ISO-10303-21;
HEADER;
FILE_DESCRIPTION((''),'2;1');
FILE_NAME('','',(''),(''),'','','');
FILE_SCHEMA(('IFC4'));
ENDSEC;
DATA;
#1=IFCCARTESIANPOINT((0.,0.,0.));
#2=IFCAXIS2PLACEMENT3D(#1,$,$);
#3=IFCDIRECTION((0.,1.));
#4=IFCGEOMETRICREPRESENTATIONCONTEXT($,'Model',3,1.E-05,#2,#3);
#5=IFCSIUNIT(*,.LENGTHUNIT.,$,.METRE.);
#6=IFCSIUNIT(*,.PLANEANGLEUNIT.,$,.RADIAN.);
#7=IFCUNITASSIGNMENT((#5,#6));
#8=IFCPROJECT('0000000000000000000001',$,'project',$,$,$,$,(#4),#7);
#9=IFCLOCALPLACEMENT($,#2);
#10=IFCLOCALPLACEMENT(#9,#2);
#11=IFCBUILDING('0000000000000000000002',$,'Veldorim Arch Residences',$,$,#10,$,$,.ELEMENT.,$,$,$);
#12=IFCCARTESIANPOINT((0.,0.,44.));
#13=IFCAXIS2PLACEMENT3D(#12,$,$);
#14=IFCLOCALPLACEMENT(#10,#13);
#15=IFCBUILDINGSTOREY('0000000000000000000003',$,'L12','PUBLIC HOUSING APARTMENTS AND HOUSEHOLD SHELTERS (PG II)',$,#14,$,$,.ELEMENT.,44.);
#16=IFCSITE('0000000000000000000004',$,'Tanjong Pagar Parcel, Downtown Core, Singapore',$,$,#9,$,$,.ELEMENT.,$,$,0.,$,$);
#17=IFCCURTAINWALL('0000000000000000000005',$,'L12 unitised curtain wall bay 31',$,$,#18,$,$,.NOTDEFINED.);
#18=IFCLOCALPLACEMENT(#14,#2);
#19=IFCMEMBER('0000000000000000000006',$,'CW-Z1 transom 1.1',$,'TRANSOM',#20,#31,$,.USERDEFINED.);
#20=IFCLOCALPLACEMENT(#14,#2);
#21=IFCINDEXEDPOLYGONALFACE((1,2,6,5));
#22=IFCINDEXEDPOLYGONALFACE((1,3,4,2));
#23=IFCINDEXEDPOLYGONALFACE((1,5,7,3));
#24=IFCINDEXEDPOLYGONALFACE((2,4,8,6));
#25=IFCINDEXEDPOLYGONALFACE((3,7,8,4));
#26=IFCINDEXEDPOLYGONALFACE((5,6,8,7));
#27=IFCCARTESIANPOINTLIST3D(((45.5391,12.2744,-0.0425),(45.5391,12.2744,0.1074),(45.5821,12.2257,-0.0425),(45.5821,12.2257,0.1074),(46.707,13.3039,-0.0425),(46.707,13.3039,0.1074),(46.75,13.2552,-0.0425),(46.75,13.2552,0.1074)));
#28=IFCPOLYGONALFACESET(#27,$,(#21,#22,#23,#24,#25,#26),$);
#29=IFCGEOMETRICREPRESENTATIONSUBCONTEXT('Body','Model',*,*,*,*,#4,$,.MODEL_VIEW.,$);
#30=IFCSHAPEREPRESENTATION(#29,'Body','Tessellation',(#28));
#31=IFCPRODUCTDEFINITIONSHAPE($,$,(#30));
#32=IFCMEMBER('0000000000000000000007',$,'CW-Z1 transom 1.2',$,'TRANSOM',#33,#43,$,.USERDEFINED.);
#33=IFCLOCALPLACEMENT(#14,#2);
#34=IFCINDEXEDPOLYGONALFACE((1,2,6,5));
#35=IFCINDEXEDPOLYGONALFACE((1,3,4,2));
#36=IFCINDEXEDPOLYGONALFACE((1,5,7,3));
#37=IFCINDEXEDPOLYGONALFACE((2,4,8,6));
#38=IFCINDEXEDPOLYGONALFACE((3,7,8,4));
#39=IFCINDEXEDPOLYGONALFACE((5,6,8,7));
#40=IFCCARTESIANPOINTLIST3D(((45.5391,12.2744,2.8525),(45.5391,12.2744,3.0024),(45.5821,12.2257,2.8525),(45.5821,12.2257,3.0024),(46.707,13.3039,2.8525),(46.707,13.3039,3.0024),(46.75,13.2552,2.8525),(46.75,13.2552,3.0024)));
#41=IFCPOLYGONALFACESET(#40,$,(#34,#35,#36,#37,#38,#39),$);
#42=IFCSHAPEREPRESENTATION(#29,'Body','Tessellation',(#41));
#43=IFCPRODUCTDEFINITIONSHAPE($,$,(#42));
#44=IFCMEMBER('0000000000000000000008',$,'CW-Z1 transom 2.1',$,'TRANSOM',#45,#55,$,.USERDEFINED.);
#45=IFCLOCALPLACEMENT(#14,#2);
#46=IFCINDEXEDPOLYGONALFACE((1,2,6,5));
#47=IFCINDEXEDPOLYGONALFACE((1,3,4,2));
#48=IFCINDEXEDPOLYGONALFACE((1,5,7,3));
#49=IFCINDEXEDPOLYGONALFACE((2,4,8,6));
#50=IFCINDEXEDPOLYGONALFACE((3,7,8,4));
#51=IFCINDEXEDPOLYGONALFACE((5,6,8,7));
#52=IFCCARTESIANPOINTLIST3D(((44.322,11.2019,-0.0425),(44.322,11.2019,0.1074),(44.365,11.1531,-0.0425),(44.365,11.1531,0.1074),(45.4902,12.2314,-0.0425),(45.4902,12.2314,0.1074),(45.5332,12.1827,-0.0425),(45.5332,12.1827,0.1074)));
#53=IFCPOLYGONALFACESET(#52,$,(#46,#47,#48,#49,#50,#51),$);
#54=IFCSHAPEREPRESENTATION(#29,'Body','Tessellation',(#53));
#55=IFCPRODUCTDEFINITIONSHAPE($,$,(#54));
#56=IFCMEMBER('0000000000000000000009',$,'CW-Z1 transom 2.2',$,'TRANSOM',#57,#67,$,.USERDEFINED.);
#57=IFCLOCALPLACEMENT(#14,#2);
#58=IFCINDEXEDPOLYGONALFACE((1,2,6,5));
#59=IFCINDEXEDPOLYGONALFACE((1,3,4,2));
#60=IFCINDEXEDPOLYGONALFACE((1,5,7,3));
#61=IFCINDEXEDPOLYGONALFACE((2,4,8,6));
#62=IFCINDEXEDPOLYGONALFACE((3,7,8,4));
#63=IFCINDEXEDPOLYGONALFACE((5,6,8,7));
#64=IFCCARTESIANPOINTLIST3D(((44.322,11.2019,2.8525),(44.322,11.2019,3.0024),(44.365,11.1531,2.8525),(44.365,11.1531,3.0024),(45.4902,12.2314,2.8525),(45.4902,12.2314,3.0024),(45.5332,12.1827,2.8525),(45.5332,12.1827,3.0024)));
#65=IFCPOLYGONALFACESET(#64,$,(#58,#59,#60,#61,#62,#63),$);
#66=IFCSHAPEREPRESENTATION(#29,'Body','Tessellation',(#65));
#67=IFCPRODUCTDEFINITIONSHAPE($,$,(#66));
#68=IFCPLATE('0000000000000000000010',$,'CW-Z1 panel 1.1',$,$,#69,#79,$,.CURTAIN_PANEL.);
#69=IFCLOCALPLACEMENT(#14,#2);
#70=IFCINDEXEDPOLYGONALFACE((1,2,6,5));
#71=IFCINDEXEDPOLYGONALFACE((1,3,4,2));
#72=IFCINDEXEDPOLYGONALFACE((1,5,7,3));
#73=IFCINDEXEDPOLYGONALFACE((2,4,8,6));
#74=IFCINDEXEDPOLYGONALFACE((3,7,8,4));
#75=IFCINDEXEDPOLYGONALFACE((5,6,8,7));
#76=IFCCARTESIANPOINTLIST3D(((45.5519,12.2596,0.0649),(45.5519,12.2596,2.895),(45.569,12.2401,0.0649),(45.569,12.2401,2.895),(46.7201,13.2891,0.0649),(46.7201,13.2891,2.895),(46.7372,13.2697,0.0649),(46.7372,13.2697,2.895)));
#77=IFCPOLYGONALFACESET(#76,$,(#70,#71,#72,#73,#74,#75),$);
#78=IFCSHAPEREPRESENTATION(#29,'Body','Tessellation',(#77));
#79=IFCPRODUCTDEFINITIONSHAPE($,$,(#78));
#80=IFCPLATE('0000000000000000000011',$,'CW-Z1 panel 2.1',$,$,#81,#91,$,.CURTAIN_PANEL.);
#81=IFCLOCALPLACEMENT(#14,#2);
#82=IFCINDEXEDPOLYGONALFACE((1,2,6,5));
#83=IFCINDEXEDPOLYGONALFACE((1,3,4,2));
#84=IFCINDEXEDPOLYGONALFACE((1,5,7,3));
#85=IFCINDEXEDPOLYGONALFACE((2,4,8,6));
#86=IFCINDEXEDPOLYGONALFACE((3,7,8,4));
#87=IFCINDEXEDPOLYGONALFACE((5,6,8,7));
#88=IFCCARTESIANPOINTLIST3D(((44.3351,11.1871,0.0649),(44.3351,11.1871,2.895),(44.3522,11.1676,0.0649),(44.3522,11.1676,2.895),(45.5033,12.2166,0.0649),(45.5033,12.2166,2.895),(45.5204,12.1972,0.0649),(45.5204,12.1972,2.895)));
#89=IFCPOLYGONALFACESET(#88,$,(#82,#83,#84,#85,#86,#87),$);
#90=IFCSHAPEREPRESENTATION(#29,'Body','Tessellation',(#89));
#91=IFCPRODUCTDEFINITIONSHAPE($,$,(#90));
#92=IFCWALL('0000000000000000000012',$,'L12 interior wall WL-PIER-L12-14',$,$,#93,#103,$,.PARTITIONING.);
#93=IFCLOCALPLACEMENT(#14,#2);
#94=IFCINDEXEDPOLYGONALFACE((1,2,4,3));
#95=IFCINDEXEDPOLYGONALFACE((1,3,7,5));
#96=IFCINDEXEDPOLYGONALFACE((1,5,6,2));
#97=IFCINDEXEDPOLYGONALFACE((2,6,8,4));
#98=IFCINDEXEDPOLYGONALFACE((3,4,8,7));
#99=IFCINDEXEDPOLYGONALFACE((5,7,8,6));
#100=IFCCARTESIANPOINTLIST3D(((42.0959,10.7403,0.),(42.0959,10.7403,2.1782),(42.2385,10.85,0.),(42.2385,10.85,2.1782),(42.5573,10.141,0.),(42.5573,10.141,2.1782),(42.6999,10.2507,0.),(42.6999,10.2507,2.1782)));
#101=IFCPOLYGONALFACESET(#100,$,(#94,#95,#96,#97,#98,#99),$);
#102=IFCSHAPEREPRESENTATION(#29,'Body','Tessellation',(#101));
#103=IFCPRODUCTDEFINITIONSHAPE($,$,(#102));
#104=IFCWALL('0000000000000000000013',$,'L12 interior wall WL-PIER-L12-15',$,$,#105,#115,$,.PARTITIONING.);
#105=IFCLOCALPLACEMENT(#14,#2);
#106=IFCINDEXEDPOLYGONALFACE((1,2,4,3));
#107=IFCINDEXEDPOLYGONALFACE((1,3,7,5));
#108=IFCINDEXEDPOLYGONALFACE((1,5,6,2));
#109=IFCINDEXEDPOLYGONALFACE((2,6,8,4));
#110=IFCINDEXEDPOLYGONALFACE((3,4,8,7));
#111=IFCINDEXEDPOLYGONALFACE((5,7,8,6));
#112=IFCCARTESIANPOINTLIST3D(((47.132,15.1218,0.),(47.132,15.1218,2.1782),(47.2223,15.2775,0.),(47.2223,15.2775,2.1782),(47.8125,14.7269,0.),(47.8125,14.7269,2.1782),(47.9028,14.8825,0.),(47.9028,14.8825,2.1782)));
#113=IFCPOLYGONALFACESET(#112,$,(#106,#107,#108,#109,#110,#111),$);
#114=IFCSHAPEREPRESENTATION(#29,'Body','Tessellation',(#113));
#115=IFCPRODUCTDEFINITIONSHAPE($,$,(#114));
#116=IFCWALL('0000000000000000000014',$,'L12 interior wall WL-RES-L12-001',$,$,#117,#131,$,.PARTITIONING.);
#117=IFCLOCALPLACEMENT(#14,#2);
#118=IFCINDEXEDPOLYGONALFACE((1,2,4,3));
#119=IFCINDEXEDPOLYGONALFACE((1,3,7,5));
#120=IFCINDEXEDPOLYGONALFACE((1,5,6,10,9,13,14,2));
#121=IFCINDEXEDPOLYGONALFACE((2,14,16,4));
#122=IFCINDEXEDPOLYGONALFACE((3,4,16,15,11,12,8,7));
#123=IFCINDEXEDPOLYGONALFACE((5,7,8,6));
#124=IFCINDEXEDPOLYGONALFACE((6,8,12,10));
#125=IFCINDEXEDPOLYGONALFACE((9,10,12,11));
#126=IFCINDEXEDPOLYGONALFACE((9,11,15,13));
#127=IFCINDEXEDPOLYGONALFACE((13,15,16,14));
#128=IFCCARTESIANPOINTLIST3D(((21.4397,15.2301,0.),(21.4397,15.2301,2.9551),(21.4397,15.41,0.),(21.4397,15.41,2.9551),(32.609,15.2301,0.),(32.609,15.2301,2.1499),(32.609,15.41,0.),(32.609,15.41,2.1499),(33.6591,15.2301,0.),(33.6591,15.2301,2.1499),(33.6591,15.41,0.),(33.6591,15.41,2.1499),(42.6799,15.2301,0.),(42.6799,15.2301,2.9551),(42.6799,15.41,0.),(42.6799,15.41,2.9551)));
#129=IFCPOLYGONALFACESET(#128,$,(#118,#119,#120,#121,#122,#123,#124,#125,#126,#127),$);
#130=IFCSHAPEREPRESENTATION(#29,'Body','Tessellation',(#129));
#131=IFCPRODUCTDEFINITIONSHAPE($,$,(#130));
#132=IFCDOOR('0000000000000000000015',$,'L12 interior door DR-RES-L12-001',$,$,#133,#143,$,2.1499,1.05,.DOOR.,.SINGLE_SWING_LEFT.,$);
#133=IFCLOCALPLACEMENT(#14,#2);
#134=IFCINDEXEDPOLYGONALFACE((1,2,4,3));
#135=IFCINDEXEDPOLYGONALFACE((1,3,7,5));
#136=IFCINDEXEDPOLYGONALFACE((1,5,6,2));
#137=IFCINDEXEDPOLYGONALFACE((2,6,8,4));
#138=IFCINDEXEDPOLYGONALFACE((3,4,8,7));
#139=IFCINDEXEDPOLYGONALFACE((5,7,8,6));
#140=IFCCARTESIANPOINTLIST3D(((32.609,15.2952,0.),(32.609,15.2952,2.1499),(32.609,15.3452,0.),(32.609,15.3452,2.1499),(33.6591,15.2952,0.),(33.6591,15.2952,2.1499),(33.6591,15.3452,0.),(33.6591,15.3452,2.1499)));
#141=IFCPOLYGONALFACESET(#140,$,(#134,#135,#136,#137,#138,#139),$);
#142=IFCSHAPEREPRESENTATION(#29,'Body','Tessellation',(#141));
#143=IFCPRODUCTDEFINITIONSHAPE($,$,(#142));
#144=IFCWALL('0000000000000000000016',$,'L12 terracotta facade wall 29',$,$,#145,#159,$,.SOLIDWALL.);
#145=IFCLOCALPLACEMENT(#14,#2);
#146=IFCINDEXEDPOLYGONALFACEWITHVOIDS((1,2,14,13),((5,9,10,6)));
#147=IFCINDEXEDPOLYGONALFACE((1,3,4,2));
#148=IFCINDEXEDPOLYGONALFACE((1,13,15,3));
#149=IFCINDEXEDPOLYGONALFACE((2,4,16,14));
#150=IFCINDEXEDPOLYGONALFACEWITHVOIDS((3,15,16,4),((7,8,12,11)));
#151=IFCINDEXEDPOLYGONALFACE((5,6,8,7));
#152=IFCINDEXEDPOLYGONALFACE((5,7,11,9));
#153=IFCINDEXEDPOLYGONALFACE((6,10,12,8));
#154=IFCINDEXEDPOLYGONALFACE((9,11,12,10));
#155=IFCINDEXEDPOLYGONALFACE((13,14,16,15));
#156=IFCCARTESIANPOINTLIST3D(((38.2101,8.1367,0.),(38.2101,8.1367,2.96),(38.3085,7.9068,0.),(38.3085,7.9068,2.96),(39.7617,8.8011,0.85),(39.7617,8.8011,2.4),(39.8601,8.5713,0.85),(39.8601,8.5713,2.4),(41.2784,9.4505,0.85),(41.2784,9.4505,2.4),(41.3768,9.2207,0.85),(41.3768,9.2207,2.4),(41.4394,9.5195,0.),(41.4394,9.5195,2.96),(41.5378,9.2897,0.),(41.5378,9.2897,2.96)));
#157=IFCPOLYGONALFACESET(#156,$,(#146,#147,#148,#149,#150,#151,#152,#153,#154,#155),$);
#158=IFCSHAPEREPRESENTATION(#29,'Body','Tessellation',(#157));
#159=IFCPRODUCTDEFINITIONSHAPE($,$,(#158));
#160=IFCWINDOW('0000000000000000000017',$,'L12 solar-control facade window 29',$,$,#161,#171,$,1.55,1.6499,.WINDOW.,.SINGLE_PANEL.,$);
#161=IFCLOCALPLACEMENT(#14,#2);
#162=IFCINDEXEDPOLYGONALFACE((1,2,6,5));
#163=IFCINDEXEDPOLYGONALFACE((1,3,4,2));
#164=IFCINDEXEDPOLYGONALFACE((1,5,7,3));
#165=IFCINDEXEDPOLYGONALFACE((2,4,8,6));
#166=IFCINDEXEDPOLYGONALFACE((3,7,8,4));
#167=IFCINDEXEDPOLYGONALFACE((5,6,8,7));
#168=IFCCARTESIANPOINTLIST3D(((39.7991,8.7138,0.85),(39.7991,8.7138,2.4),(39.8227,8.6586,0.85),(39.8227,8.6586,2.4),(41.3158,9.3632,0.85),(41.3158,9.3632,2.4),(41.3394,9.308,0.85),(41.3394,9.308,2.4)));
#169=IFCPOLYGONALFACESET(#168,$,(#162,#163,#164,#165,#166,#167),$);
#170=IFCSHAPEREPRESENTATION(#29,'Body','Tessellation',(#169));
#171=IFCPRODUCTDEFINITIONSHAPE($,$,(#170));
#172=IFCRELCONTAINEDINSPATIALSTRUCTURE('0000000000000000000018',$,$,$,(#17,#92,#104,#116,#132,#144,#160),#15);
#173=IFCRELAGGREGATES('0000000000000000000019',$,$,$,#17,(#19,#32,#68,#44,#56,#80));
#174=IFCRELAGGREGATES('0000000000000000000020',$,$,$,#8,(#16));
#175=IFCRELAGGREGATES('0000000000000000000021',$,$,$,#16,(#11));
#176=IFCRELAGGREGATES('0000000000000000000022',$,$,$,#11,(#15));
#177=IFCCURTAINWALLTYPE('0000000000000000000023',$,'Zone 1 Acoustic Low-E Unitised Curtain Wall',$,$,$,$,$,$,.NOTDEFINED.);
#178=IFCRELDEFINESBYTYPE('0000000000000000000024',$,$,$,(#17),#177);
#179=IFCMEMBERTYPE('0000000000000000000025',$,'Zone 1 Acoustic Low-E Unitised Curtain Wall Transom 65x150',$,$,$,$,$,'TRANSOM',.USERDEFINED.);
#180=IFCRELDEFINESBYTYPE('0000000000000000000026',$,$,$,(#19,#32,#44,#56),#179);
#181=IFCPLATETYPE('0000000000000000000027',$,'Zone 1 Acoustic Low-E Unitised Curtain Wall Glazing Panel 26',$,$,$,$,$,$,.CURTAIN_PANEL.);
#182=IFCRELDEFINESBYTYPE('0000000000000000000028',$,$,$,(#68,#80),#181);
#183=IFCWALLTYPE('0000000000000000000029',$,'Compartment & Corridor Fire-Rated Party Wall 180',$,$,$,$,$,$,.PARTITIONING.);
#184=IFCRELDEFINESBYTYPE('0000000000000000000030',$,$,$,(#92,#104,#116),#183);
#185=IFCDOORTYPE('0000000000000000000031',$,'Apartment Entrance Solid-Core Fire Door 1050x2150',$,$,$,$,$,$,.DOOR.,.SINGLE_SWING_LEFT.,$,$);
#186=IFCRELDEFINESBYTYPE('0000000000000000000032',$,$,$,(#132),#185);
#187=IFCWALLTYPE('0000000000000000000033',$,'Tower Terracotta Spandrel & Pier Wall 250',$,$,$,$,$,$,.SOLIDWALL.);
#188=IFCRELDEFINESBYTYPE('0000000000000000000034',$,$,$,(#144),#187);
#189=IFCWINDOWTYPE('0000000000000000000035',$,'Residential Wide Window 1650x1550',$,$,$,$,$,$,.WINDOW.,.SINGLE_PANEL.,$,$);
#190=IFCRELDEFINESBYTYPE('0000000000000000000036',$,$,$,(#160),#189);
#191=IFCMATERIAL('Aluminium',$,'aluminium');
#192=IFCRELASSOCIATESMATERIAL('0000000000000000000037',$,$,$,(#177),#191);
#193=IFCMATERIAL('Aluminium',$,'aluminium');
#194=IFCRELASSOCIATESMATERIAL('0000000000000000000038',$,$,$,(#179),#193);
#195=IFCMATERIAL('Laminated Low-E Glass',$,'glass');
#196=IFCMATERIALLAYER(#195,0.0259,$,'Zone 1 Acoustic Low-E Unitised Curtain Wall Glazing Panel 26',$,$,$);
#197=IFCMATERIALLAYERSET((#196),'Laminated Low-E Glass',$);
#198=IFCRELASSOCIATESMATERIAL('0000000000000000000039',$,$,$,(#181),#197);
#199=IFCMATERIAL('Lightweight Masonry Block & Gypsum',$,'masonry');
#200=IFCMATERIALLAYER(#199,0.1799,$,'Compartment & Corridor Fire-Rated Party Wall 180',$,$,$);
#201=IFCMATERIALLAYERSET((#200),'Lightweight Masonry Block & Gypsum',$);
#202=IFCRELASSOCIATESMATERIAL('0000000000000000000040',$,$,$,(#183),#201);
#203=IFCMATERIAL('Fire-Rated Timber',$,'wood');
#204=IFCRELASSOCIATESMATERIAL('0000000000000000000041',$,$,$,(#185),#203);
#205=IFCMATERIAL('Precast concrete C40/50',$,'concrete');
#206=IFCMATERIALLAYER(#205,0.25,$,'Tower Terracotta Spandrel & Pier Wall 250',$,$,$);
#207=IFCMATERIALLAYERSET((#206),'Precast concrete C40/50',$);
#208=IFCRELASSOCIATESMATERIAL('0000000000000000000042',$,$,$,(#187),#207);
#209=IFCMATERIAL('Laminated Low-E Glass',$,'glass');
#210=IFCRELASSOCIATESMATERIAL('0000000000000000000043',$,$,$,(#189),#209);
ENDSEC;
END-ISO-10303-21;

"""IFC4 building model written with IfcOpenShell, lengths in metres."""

from ifc_helpers import new_model, si_unit, direction, frame, frame_2d, origin, origin_2d, place, context, subcontext, project, spatial, rectangle, extrude, material, layer, layer_set, material_profile, profile_set, type_object, element, fill, aggregate, save


model = new_model("IFC4")

# Units and contexts
model_context = context("Model", 3, precision=1e-05, world=origin(), true_north=direction((0.0, 1.0)))
body_context = subcontext(model_context, "Body", "Model", "MODEL_VIEW")
ifc_project = project(units=[si_unit("LENGTHUNIT", "METRE"), si_unit("PLANEANGLEUNIT", "RADIAN")], contexts=[model_context])

# Site, building, storey
site_placement = place(None, origin())
site = spatial("IfcSite", under=ifc_project, at=site_placement, Name="Tanjong Pagar Parcel, Downtown Core, Singapore", CompositionType="ELEMENT", RefElevation=0.0)
building_placement = place(site_placement, origin())
building = spatial("IfcBuilding", under=site, at=building_placement, Name="Veldorim Arch Residences", CompositionType="ELEMENT")
storey_placement = place(building_placement, frame((0.0, 0.0, 44.0)))
storey = spatial("IfcBuildingStorey", under=building, at=storey_placement, Name="L12", Description="PUBLIC HOUSING APARTMENTS AND HOUSEHOLD SHELTERS (PG II)", CompositionType="ELEMENT", Elevation=44.0)

# Curtain wall, members, plates
ifc_material_1 = material(Name="Aluminium", Category="aluminium")
curtain_wall_type = type_object("IfcCurtainWallType", Name="Zone 1 Acoustic Low-E Unitised Curtain Wall", PredefinedType="NOTDEFINED", material=ifc_material_1)
curtain_wall_placement = place(storey_placement, origin())
curtain_wall = element("IfcCurtainWall", 1, at=curtain_wall_placement, inside=storey, type_object=curtain_wall_type, Name="L12 unitised curtain wall bay 31", PredefinedType="NOTDEFINED")
ifc_material_2 = material(Name="Aluminium", Category="aluminium")
ifc_material_profile_1 = material_profile(ifc_material_2, rectangle(XDim=0.0649, YDim=0.1499, at=origin_2d()), Name="ALU_TRN_65x150")
ifc_profile_set_1 = profile_set([ifc_material_profile_1], Name="Aluminium")
member_type_1 = type_object("IfcMemberType", Name="Zone 1 Acoustic Low-E Unitised Curtain Wall Transom 65x150", ElementType="TRANSOM", PredefinedType="USERDEFINED", material=ifc_profile_set_1)
member_1_placement = place(storey_placement, frame((46.7285, 13.2795, 0.0325), z_axis=(-0.750163, -0.661253, 0.0), x_axis=(0.661253, -0.750163, 0.0)))
member_1 = element("IfcMember", 2, at=member_1_placement, type_object=member_type_1, Name="CW-Z1 transom 1.1", ObjectType="TRANSOM", PredefinedType="USERDEFINED", context=body_context, shape_type="SweptSolid", body=[
    extrude(rectangle(XDim=0.0649, YDim=0.1499, at=origin_2d()), origin(), (0.0, 0.0, 1.0), 1.5569),
])
member_2_placement = place(storey_placement, frame((46.7285, 13.2795, 2.9275), z_axis=(-0.750163, -0.661253, 0.0), x_axis=(0.661253, -0.750163, 0.0)))
member_2 = element("IfcMember", 3, at=member_2_placement, type_object=member_type_1, Name="CW-Z1 transom 1.2", ObjectType="TRANSOM", PredefinedType="USERDEFINED", context=body_context, shape_type="SweptSolid", body=[
    extrude(rectangle(XDim=0.0649, YDim=0.1499, at=origin_2d()), origin(), (0.0, 0.0, 1.0), 1.5569),
])
member_3_placement = place(storey_placement, frame((45.5117, 12.207, 0.0325), z_axis=(-0.750231, -0.661176, 0.0), x_axis=(0.661176, -0.750231, 0.0)))
member_3 = element("IfcMember", 4, at=member_3_placement, type_object=member_type_1, Name="CW-Z1 transom 2.1", ObjectType="TRANSOM", PredefinedType="USERDEFINED", context=body_context, shape_type="SweptSolid", body=[
    extrude(rectangle(XDim=0.0649, YDim=0.1499, at=origin_2d()), origin(), (0.0, 0.0, 1.0), 1.5571),
])
member_4_placement = place(storey_placement, frame((45.5117, 12.207, 2.9275), z_axis=(-0.750231, -0.661176, 0.0), x_axis=(0.661176, -0.750231, 0.0)))
member_4 = element("IfcMember", 5, at=member_4_placement, type_object=member_type_1, Name="CW-Z1 transom 2.2", ObjectType="TRANSOM", PredefinedType="USERDEFINED", context=body_context, shape_type="SweptSolid", body=[
    extrude(rectangle(XDim=0.0649, YDim=0.1499, at=origin_2d()), origin(), (0.0, 0.0, 1.0), 1.5571),
])
ifc_material_3 = material(Name="Laminated Low-E Glass", Category="glass")
ifc_layer_1 = layer(ifc_material_3, 0.0259, Name="Zone 1 Acoustic Low-E Unitised Curtain Wall Glazing Panel 26")
ifc_layer_set_1 = layer_set([ifc_layer_1], Name="Laminated Low-E Glass")
plate_type = type_object("IfcPlateType", Name="Zone 1 Acoustic Low-E Unitised Curtain Wall Glazing Panel 26", PredefinedType="CURTAIN_PANEL", material=ifc_layer_set_1)
plate_1_placement = place(storey_placement, frame((46.1445, 12.7646, 0.0649), z_axis=(0.0, 0.0, 1.0), x_axis=(-0.750204, -0.661207, 0.0)))
plate_1 = element("IfcPlate", 6, at=plate_1_placement, type_object=plate_type, Name="CW-Z1 panel 1.1", PredefinedType="CURTAIN_PANEL", context=body_context, shape_type="SweptSolid", body=[
    extrude(rectangle(XDim=1.5571, YDim=0.0259, at=origin_2d()), origin(), (0.0, 0.0, 1.0), 2.8301),
])
plate_2_placement = place(storey_placement, frame((44.9277, 11.6921, 0.0649), z_axis=(0.0, 0.0, 1.0), x_axis=(-0.750204, -0.661207, 0.0)))
plate_2 = element("IfcPlate", 7, at=plate_2_placement, type_object=plate_type, Name="CW-Z1 panel 2.1", PredefinedType="CURTAIN_PANEL", context=body_context, shape_type="SweptSolid", body=[
    extrude(rectangle(XDim=1.5571, YDim=0.0259, at=origin_2d()), origin(), (0.0, 0.0, 1.0), 2.8301),
])
aggregate(curtain_wall, [member_1, member_2, plate_1, member_3, member_4, plate_2])

# Walls
ifc_material_4 = material(Name="Lightweight Masonry Block & Gypsum", Category="masonry")
ifc_layer_2 = layer(ifc_material_4, 0.1799, Name="Compartment & Corridor Fire-Rated Party Wall 180")
ifc_layer_set_2 = layer_set([ifc_layer_2], Name="Lightweight Masonry Block & Gypsum")
wall_type_1 = type_object("IfcWallType", Name="Compartment & Corridor Fire-Rated Party Wall 180", PredefinedType="PARTITIONING", material=ifc_layer_set_2)
wall_1_placement = place(storey_placement, frame((42.1672, 10.7952, 0.0), z_axis=(0.0, 0.0, 1.0), x_axis=(0.610023, -0.792384, 0.0)))
element("IfcWall", 8, at=wall_1_placement, inside=storey, type_object=wall_type_1, Name="L12 interior wall WL-PIER-L12-14", PredefinedType="PARTITIONING", context=body_context, shape_type="SweptSolid", body=[
    extrude(rectangle(XDim=0.7563, YDim=0.1799, at=frame_2d((0.3782, 0.0))), origin(), (0.0, 0.0, 1.0), 2.1782),
])
wall_2_placement = place(storey_placement, frame((47.177, 15.1997, 0.0), z_axis=(0.0, 0.0, 1.0), x_axis=(0.864902, -0.501941, 0.0)))
element("IfcWall", 9, at=wall_2_placement, inside=storey, type_object=wall_type_1, Name="L12 interior wall WL-PIER-L12-15", PredefinedType="PARTITIONING", context=body_context, shape_type="SweptSolid", body=[
    extrude(rectangle(XDim=0.7869, YDim=0.1799, at=frame_2d((0.3936, 0.0))), origin(), (0.0, 0.0, 1.0), 2.1782),
])

# Wall, opening, door
wall_3_placement = place(storey_placement, frame((42.6799, 15.3201, 0.0), z_axis=(0.0, 0.0, 1.0), x_axis=(-1.0, 0.0, 0.0)))
wall_3 = element("IfcWall", 10, at=wall_3_placement, inside=storey, type_object=wall_type_1, Name="L12 interior wall WL-RES-L12-001", PredefinedType="PARTITIONING", context=body_context, shape_type="SweptSolid", body=[
    extrude(rectangle(XDim=21.2402, YDim=0.1799, at=frame_2d((10.6201, 0.0))), origin(), (0.0, 0.0, 1.0), 2.9551),
])
opening_1_placement = place(wall_3_placement, frame((9.021, 0.0, 0.0)))
opening_1 = element("IfcOpeningElement", 11, at=opening_1_placement, cuts=wall_3, PredefinedType="OPENING", context=body_context, shape_type="SweptSolid", body=[
    extrude(rectangle(XDim=1.05, YDim=2.1499, at=frame_2d((0.5249, 1.075))), frame((0.0, 0.0999, 0.0), z_axis=(0.0, -1.0, 0.0), x_axis=(1.0, 0.0, 0.0)), (0.0, 0.0, 1.0), 0.2),
])
ifc_material_5 = material(Name="Fire-Rated Timber", Category="wood")
door_type = type_object("IfcDoorType", Name="Apartment Entrance Solid-Core Fire Door 1050x2150", OperationType="SINGLE_SWING_LEFT", PredefinedType="DOOR", material=ifc_material_5)
door_placement = place(opening_1_placement, origin())
door = element("IfcDoor", 12, at=door_placement, inside=storey, type_object=door_type, Name="L12 interior door DR-RES-L12-001", OperationType="SINGLE_SWING_LEFT", OverallHeight=2.1499, OverallWidth=1.05, PredefinedType="DOOR", context=body_context, shape_type="SweptSolid", body=[
    extrude(rectangle(XDim=1.05, YDim=2.1499, at=frame_2d((0.5249, 1.075))), frame((0.0, 0.0249, 0.0), z_axis=(0.0, -1.0, 0.0), x_axis=(1.0, 0.0, 0.0)), (0.0, 0.0, 1.0), 0.05),
])
fill(opening_1, door)

# Wall, opening, window
ifc_material_6 = material(Name="Precast concrete C40/50", Category="concrete")
ifc_layer_3 = layer(ifc_material_6, 0.25, Name="Tower Terracotta Spandrel & Pier Wall 250")
ifc_layer_set_3 = layer_set([ifc_layer_3], Name="Precast concrete C40/50")
wall_type_2 = type_object("IfcWallType", Name="Tower Terracotta Spandrel & Pier Wall 250", PredefinedType="SOLIDWALL", material=ifc_layer_set_3)
wall_4_placement = place(storey_placement, frame((41.4885, 9.4045, 0.0), z_axis=(0.0, 0.0, 1.0), x_axis=(-0.919264, -0.393642, 0.0)))
wall_4 = element("IfcWall", 13, at=wall_4_placement, inside=storey, type_object=wall_type_2, Name="L12 terracotta facade wall 29", PredefinedType="SOLIDWALL", context=body_context, shape_type="SweptSolid", body=[
    extrude(rectangle(XDim=3.5129, YDim=0.25, at=frame_2d((1.7563, 0.0))), origin(), (0.0, 0.0, 1.0), 2.96),
])
opening_2_placement = place(wall_4_placement, frame((0.175, 0.0, 0.8501)))
opening_2 = element("IfcOpeningElement", 14, at=opening_2_placement, cuts=wall_4, PredefinedType="OPENING", context=body_context, shape_type="SweptSolid", body=[
    extrude(rectangle(XDim=1.6499, YDim=1.55, at=frame_2d((0.825, 0.7749))), frame((0.0, 0.135, 0.0), z_axis=(0.0, -1.0, 0.0), x_axis=(1.0, 0.0, 0.0)), (0.0, 0.0, 1.0), 0.27),
])
ifc_material_7 = material(Name="Laminated Low-E Glass", Category="glass")
window_type = type_object("IfcWindowType", Name="Residential Wide Window 1650x1550", PartitioningType="SINGLE_PANEL", PredefinedType="WINDOW", material=ifc_material_7)
window_placement = place(opening_2_placement, origin())
window = element("IfcWindow", 15, at=window_placement, inside=storey, type_object=window_type, Name="L12 solar-control facade window 29", OverallHeight=1.55, OverallWidth=1.6499, PartitioningType="SINGLE_PANEL", PredefinedType="WINDOW", context=body_context, shape_type="SweptSolid", body=[
    extrude(rectangle(XDim=1.6499, YDim=1.55, at=frame_2d((0.825, 0.7749))), frame((0.0, 0.03, 0.0), z_axis=(0.0, -1.0, 0.0), x_axis=(1.0, 0.0, 0.0)), (0.0, 0.0, 1.0), 0.0601),
])
fill(opening_2, window)

save(model, "model.ifc")
